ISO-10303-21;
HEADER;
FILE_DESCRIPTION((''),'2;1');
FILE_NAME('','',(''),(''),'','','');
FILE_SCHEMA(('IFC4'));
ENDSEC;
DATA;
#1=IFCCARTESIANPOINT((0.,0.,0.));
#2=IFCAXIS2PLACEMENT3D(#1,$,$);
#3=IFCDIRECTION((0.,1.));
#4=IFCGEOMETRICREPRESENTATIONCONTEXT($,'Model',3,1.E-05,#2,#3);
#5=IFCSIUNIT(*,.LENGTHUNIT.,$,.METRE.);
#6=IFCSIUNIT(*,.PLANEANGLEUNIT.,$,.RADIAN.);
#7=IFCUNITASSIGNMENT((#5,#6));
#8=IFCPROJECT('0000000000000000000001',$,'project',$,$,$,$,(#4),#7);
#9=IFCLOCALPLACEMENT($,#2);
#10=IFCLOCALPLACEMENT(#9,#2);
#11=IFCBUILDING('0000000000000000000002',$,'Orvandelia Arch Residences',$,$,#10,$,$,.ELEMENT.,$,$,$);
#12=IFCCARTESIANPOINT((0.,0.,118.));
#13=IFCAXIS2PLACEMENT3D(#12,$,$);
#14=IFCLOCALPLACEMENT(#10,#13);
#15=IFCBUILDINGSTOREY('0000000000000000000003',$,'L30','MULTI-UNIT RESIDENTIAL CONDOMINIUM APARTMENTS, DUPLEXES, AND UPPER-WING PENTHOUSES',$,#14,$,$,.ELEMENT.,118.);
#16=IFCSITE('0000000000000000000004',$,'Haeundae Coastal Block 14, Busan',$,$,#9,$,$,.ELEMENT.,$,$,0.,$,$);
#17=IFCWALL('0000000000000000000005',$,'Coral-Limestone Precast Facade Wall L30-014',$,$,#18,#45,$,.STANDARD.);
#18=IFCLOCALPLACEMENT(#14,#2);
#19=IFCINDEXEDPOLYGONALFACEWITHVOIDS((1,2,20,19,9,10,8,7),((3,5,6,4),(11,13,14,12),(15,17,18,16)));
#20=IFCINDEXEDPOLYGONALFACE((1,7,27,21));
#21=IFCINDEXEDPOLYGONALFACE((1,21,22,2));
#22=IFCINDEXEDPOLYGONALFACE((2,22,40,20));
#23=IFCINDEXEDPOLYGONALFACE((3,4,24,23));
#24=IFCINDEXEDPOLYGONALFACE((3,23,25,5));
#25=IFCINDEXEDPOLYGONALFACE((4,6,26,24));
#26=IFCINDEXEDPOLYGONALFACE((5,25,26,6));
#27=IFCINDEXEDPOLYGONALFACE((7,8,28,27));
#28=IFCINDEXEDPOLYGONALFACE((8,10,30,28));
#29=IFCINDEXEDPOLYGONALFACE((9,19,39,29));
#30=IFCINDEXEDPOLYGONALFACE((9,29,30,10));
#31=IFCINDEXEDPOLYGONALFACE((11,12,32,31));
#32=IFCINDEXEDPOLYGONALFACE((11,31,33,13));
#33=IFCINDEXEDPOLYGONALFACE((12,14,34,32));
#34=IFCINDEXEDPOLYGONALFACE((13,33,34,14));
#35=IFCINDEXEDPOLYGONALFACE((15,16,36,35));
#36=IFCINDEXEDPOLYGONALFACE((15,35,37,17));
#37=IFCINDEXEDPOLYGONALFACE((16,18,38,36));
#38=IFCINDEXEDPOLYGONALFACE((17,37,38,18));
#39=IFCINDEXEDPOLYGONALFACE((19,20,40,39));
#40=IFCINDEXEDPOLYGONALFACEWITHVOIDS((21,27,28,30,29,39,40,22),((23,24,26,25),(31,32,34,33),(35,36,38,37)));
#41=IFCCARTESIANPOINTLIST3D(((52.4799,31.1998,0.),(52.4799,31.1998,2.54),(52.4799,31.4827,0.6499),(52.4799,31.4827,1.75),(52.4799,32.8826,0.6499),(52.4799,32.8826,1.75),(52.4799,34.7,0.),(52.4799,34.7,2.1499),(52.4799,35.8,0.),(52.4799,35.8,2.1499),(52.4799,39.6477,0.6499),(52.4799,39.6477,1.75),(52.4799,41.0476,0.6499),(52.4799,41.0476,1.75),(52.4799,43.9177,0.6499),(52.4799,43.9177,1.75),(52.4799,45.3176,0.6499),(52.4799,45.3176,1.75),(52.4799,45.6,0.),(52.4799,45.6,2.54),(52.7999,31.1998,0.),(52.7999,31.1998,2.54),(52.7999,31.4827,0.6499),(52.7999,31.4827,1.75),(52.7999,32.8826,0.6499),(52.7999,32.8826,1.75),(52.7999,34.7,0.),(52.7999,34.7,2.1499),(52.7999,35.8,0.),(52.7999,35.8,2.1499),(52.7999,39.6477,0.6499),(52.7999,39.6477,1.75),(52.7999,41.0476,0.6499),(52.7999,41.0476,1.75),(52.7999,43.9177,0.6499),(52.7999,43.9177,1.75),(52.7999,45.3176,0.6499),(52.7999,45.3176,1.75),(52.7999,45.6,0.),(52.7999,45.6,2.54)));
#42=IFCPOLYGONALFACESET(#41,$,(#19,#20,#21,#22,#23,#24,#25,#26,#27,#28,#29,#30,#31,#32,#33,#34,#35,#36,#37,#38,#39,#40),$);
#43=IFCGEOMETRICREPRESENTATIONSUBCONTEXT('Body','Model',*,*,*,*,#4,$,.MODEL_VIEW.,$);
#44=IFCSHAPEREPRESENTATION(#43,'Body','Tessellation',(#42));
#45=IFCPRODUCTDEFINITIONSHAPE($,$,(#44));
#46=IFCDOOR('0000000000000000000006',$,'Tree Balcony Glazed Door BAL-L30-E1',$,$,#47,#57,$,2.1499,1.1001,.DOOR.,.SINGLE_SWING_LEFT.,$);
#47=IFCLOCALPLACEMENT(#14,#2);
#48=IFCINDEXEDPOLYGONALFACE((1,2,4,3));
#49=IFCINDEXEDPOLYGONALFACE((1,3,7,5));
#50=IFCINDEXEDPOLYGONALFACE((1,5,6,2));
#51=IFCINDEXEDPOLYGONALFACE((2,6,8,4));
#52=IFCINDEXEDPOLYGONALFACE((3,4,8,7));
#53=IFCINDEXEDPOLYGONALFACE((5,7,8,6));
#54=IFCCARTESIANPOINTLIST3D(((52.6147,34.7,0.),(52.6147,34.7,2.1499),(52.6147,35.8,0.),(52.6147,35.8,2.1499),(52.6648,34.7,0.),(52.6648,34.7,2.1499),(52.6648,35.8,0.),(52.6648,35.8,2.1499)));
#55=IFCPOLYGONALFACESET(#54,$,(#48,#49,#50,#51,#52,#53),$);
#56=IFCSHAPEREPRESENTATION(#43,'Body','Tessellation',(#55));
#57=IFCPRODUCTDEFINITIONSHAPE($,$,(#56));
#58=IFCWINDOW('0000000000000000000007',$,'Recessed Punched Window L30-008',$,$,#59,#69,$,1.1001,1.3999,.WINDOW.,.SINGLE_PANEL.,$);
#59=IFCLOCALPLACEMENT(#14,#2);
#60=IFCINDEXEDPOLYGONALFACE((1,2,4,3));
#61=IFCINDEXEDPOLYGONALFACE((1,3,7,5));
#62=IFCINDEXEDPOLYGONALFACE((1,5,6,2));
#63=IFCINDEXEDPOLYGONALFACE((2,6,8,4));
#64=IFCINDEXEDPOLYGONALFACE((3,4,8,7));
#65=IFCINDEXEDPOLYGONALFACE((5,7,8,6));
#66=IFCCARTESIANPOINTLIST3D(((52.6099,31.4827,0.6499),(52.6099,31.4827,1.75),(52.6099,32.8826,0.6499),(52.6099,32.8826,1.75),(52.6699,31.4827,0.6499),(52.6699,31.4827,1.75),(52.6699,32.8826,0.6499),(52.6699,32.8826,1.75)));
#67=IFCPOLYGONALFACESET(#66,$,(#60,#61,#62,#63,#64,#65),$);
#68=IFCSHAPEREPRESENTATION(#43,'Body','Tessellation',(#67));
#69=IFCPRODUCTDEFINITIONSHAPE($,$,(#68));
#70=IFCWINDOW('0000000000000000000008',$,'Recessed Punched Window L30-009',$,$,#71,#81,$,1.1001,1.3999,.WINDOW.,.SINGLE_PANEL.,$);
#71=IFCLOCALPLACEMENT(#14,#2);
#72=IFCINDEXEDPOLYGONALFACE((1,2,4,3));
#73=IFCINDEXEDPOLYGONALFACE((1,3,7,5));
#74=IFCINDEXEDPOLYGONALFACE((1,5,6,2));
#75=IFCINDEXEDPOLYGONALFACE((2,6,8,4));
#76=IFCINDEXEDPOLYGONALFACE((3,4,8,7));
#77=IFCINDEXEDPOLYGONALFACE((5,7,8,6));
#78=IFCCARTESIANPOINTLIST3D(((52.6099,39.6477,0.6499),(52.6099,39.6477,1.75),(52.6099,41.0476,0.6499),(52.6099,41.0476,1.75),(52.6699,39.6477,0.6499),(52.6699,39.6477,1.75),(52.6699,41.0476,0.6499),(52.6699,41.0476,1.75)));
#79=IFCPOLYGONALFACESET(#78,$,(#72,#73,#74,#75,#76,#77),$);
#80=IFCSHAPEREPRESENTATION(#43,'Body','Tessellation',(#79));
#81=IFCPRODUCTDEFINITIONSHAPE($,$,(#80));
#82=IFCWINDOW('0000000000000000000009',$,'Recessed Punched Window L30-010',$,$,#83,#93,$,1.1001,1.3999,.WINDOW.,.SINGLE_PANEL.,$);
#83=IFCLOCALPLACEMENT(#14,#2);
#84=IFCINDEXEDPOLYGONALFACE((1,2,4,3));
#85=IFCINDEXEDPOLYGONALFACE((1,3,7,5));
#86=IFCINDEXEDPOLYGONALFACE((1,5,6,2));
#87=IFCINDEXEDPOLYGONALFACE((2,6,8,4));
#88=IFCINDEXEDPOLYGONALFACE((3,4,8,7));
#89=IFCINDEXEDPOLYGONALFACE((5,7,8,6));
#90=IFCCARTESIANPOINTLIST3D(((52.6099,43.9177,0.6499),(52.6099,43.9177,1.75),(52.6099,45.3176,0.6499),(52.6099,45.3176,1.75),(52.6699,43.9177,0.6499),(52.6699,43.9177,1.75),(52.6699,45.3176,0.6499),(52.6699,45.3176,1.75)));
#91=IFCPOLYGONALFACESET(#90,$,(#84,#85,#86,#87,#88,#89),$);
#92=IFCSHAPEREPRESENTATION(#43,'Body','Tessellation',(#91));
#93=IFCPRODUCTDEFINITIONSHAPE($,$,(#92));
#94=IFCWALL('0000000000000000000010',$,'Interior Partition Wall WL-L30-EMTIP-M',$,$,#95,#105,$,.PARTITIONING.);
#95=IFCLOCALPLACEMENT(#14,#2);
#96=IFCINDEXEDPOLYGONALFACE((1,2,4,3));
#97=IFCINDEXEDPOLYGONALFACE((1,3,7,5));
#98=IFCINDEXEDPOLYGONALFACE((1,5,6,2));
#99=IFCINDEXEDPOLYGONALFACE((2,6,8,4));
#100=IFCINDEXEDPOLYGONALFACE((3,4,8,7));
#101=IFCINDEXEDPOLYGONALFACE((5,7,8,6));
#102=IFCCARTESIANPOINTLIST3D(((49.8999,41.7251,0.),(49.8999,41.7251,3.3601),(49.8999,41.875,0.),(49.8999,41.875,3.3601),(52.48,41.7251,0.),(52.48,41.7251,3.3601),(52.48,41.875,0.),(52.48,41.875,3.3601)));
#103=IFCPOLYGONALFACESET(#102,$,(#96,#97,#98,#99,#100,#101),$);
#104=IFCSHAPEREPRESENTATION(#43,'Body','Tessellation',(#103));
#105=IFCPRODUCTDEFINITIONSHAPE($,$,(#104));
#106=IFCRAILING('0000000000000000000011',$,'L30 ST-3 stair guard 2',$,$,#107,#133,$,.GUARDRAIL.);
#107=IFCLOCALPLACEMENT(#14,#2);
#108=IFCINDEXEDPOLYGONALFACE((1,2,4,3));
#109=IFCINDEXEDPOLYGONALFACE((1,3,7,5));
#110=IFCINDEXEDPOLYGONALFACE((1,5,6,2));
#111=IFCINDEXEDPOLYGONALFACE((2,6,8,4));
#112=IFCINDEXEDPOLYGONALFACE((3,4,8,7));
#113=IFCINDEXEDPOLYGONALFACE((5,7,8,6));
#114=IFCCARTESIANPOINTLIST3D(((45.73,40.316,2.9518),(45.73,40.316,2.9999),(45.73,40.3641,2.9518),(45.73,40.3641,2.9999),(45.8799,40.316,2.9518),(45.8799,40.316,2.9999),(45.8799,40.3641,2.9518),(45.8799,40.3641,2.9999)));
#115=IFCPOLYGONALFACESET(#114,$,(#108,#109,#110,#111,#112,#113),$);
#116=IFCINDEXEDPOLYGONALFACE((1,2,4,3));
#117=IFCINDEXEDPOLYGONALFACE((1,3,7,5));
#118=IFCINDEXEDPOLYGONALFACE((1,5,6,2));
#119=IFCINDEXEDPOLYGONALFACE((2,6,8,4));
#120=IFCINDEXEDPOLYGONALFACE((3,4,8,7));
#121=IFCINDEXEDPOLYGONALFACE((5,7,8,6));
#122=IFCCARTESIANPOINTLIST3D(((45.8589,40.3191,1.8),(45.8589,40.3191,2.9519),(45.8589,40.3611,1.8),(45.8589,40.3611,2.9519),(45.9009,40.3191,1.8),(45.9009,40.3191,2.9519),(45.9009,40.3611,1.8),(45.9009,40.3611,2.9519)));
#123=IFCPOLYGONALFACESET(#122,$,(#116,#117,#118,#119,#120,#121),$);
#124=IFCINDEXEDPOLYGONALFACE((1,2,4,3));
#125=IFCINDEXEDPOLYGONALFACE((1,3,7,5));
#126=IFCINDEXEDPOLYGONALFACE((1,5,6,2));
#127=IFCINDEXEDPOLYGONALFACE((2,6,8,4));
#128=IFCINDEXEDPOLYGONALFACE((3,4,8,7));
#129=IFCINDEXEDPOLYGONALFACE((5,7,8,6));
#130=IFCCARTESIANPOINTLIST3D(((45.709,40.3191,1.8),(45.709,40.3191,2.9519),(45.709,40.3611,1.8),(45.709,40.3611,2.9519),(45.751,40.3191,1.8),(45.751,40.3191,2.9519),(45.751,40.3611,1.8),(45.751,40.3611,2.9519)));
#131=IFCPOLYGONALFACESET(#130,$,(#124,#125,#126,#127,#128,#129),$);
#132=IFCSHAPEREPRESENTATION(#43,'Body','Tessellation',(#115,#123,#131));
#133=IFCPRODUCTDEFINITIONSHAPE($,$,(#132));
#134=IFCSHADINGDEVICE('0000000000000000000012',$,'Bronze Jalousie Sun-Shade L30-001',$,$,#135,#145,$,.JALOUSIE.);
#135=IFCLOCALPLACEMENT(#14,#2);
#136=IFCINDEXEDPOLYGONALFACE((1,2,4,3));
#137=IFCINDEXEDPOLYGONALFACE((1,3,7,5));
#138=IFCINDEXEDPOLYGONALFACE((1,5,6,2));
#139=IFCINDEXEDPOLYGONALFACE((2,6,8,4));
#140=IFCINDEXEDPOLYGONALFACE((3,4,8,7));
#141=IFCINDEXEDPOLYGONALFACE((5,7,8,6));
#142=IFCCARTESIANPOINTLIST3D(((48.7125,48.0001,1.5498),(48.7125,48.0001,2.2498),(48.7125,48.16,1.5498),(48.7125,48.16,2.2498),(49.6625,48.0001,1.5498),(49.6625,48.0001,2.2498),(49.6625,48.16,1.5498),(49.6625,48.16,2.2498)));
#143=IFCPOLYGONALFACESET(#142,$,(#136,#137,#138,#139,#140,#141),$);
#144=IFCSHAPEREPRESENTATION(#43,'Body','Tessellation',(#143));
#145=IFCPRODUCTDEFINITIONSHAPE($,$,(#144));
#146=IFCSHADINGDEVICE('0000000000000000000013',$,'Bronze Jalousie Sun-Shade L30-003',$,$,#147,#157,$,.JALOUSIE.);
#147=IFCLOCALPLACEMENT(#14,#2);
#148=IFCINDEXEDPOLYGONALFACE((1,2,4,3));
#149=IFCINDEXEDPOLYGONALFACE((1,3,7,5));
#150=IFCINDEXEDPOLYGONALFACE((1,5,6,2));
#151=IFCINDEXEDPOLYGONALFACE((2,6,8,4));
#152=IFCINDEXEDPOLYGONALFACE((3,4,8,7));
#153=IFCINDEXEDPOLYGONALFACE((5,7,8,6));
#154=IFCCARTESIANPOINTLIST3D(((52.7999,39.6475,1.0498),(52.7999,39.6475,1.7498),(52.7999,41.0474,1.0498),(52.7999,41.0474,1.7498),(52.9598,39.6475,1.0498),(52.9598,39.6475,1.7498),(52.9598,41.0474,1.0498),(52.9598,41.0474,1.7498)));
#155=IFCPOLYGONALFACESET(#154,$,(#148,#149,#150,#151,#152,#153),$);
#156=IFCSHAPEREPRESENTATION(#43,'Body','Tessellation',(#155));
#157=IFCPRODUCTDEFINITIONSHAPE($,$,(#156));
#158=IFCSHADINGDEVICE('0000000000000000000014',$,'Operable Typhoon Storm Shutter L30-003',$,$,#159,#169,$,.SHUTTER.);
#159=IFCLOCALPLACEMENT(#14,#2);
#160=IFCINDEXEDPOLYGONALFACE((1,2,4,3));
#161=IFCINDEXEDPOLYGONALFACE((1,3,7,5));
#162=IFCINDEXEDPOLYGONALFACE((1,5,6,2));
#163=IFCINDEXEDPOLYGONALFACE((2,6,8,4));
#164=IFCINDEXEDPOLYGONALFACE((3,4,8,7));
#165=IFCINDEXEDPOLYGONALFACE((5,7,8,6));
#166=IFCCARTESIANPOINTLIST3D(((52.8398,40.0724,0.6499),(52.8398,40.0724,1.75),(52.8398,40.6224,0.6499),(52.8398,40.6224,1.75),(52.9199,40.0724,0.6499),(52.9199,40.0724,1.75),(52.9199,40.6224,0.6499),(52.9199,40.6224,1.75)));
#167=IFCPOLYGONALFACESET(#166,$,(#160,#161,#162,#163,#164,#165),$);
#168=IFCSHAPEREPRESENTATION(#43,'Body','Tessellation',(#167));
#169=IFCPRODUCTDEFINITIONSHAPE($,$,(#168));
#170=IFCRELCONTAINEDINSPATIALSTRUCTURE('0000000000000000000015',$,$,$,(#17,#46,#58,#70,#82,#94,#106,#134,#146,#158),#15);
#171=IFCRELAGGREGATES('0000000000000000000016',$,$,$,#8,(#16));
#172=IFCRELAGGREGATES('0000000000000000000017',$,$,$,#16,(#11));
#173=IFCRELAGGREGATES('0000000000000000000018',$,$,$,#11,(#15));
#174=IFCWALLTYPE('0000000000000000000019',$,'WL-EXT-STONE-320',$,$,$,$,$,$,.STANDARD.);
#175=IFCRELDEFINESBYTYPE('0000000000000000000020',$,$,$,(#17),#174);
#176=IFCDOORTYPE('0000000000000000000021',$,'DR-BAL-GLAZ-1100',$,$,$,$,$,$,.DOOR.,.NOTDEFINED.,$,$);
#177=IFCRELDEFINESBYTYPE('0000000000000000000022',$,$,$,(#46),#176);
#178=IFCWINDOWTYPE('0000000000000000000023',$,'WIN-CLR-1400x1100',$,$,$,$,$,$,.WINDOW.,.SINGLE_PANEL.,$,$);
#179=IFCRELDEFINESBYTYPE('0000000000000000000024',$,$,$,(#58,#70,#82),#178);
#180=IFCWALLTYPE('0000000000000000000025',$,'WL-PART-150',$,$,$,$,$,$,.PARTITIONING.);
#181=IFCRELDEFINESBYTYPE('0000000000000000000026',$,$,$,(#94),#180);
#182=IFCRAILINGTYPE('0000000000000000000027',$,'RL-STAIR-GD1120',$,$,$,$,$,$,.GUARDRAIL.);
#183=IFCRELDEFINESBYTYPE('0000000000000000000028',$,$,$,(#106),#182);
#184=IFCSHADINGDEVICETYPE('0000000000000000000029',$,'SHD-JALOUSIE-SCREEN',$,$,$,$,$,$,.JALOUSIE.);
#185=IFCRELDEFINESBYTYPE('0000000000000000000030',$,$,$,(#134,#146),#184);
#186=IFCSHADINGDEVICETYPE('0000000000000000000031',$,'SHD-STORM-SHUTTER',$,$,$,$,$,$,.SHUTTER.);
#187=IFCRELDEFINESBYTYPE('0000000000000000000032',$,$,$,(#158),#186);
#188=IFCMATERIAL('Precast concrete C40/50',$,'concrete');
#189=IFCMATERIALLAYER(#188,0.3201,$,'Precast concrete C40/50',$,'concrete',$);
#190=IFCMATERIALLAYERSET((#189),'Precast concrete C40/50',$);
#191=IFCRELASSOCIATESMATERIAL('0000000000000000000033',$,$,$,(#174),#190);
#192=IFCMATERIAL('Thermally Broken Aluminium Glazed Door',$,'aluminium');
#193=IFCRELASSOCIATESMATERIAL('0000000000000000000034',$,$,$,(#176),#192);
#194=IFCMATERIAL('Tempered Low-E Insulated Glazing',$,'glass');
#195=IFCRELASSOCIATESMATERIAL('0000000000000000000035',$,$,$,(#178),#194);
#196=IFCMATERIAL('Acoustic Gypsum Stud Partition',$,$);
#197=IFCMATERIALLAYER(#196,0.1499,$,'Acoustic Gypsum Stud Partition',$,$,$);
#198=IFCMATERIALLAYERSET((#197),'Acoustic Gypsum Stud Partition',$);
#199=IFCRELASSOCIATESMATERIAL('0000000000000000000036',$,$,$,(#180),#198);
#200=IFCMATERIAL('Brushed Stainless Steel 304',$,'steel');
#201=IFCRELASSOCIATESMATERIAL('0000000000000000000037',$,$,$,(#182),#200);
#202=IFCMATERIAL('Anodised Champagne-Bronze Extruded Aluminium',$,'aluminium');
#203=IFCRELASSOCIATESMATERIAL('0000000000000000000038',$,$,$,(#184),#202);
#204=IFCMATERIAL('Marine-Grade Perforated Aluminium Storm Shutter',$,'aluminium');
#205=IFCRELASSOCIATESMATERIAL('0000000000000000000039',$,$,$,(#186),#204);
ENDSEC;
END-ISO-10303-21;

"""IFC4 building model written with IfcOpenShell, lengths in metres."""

from ifc_helpers import new_model, si_unit, direction, frame, frame_2d, origin, origin_2d, place, context, subcontext, project, spatial, rectangle, extrude, material, layer, layer_set, type_object, element, fill, save


model = new_model("IFC4")

# Units and contexts
model_context = context("Model", 3, precision=1e-05, world=origin(), true_north=direction((0.0, 1.0)))
body_context = subcontext(model_context, "Body", "Model", "MODEL_VIEW")
ifc_project = project(units=[si_unit("LENGTHUNIT", "METRE"), si_unit("PLANEANGLEUNIT", "RADIAN")], contexts=[model_context])

# Site, building, storey
site_placement = place(None, origin())
site = spatial("IfcSite", under=ifc_project, at=site_placement, Name="Haeundae Coastal Block 14, Busan", CompositionType="ELEMENT", RefElevation=0.0)
building_placement = place(site_placement, origin())
building = spatial("IfcBuilding", under=site, at=building_placement, Name="Orvandelia Arch Residences", CompositionType="ELEMENT")
storey_placement = place(building_placement, frame((0.0, 0.0, 118.0)))
storey = spatial("IfcBuildingStorey", under=building, at=storey_placement, Name="L30", Description="MULTI-UNIT RESIDENTIAL CONDOMINIUM APARTMENTS, DUPLEXES, AND UPPER-WING PENTHOUSES", CompositionType="ELEMENT", Elevation=118.0)

# Shared definitions
ifc_material_1 = material(Name="Precast concrete C40/50", Category="concrete")
ifc_layer_1 = layer(ifc_material_1, 0.3201, Name="Precast concrete C40/50", Category="concrete")
ifc_layer_set_1 = layer_set([ifc_layer_1], Name="Precast concrete C40/50")
wall_type_1 = type_object("IfcWallType", Name="WL-EXT-STONE-320", PredefinedType="STANDARD", material=ifc_layer_set_1)

# Wall, openings, door, windows
wall_1_placement = place(storey_placement, frame((52.6399, 45.6001, 0.0), z_axis=(0.0, 0.0, 1.0), x_axis=(0.0, -1.0, 0.0)))
wall_1 = element("IfcWall", 1, at=wall_1_placement, inside=storey, type_object=wall_type_1, Name="Coral-Limestone Precast Facade Wall L30-014", PredefinedType="STANDARD", context=body_context, shape_type="SweptSolid", body=[
    extrude(rectangle(XDim=14.4001, YDim=0.3201, at=frame_2d((7.2002, 0.0))), origin(), (0.0, 0.0, 1.0), 2.54),
])
opening_1_placement = place(wall_1_placement, frame((9.8, 0.0, 0.0)))
opening_1 = element("IfcOpeningElement", 2, at=opening_1_placement, cuts=wall_1, PredefinedType="OPENING", context=body_context, shape_type="SweptSolid", body=[
    extrude(rectangle(XDim=1.1001, YDim=2.1499, at=frame_2d((0.55, 1.075))), frame((0.0, 0.1699, 0.0), z_axis=(0.0, -1.0, 0.0), x_axis=(1.0, 0.0, 0.0)), (0.0, 0.0, 1.0), 0.3401),
])
opening_2_placement = place(wall_1_placement, frame((12.7175, 0.0, 0.6499)))
opening_2 = element("IfcOpeningElement", 3, at=opening_2_placement, cuts=wall_1, PredefinedType="OPENING", context=body_context, shape_type="SweptSolid", body=[
    extrude(rectangle(XDim=1.3999, YDim=1.1001, at=frame_2d((0.7, 0.55))), frame((0.0, 0.1699, 0.0), z_axis=(0.0, -1.0, 0.0), x_axis=(1.0, 0.0, 0.0)), (0.0, 0.0, 1.0), 0.3401),
])
opening_3_placement = place(wall_1_placement, frame((4.5525, 0.0, 0.6499)))
opening_3 = element("IfcOpeningElement", 4, at=opening_3_placement, cuts=wall_1, PredefinedType="OPENING", context=body_context, shape_type="SweptSolid", body=[
    extrude(rectangle(XDim=1.3999, YDim=1.1001, at=frame_2d((0.7, 0.55))), frame((0.0, 0.1699, 0.0), z_axis=(0.0, -1.0, 0.0), x_axis=(1.0, 0.0, 0.0)), (0.0, 0.0, 1.0), 0.3401),
])
opening_4_placement = place(wall_1_placement, frame((0.2825, 0.0, 0.6499)))
opening_4 = element("IfcOpeningElement", 5, at=opening_4_placement, cuts=wall_1, PredefinedType="OPENING", context=body_context, shape_type="SweptSolid", body=[
    extrude(rectangle(XDim=1.3999, YDim=1.1001, at=frame_2d((0.7, 0.55))), frame((0.0, 0.1699, 0.0), z_axis=(0.0, -1.0, 0.0), x_axis=(1.0, 0.0, 0.0)), (0.0, 0.0, 1.0), 0.3401),
])
ifc_material_2 = material(Name="Thermally Broken Aluminium Glazed Door", Category="aluminium")
door_type = type_object("IfcDoorType", Name="DR-BAL-GLAZ-1100", OperationType="NOTDEFINED", PredefinedType="DOOR", material=ifc_material_2)
door_placement = place(opening_1_placement, origin())
door = element("IfcDoor", 6, at=door_placement, inside=storey, type_object=door_type, Name="Tree Balcony Glazed Door BAL-L30-E1", OperationType="SINGLE_SWING_LEFT", OverallHeight=2.1499, OverallWidth=1.1001, PredefinedType="DOOR", context=body_context, shape_type="SweptSolid", body=[
    extrude(rectangle(XDim=1.1001, YDim=2.1499, at=frame_2d((0.55, 1.075))), frame((0.0, 0.0249, 0.0), z_axis=(0.0, -1.0, 0.0), x_axis=(1.0, 0.0, 0.0)), (0.0, 0.0, 1.0), 0.05),
])
fill(opening_1, door)
ifc_material_3 = material(Name="Tempered Low-E Insulated Glazing", Category="glass")
window_type = type_object("IfcWindowType", Name="WIN-CLR-1400x1100", PartitioningType="SINGLE_PANEL", PredefinedType="WINDOW", material=ifc_material_3)
window_1_placement = place(opening_2_placement, origin())
window_1 = element("IfcWindow", 7, at=window_1_placement, inside=storey, type_object=window_type, Name="Recessed Punched Window L30-008", OverallHeight=1.1001, OverallWidth=1.3999, PartitioningType="SINGLE_PANEL", PredefinedType="WINDOW", context=body_context, shape_type="SweptSolid", body=[
    extrude(rectangle(XDim=1.3999, YDim=1.1001, at=frame_2d((0.7, 0.55))), frame((0.0, 0.03, 0.0), z_axis=(0.0, -1.0, 0.0), x_axis=(1.0, 0.0, 0.0)), (0.0, 0.0, 1.0), 0.0601),
])
fill(opening_2, window_1)
window_2_placement = place(opening_3_placement, origin())
window_2 = element("IfcWindow", 8, at=window_2_placement, inside=storey, type_object=window_type, Name="Recessed Punched Window L30-009", OverallHeight=1.1001, OverallWidth=1.3999, PartitioningType="SINGLE_PANEL", PredefinedType="WINDOW", context=body_context, shape_type="SweptSolid", body=[
    extrude(rectangle(XDim=1.3999, YDim=1.1001, at=frame_2d((0.7, 0.55))), frame((0.0, 0.03, 0.0), z_axis=(0.0, -1.0, 0.0), x_axis=(1.0, 0.0, 0.0)), (0.0, 0.0, 1.0), 0.0601),
])
fill(opening_3, window_2)
window_3_placement = place(opening_4_placement, origin())
window_3 = element("IfcWindow", 9, at=window_3_placement, inside=storey, type_object=window_type, Name="Recessed Punched Window L30-010", OverallHeight=1.1001, OverallWidth=1.3999, PartitioningType="SINGLE_PANEL", PredefinedType="WINDOW", context=body_context, shape_type="SweptSolid", body=[
    extrude(rectangle(XDim=1.3999, YDim=1.1001, at=frame_2d((0.7, 0.55))), frame((0.0, 0.03, 0.0), z_axis=(0.0, -1.0, 0.0), x_axis=(1.0, 0.0, 0.0)), (0.0, 0.0, 1.0), 0.0601),
])
fill(opening_4, window_3)

# Wall
ifc_material_4 = material(Name="Acoustic Gypsum Stud Partition")
ifc_layer_2 = layer(ifc_material_4, 0.1499, Name="Acoustic Gypsum Stud Partition")
ifc_layer_set_2 = layer_set([ifc_layer_2], Name="Acoustic Gypsum Stud Partition")
wall_type_2 = type_object("IfcWallType", Name="WL-PART-150", PredefinedType="PARTITIONING", material=ifc_layer_set_2)
wall_2_placement = place(storey_placement, frame((49.8999, 41.8, 0.0), z_axis=(0.0, 0.0, 1.0), x_axis=(1.0, 0.0, 0.0)))
element("IfcWall", 10, at=wall_2_placement, inside=storey, type_object=wall_type_2, Name="Interior Partition Wall WL-L30-EMTIP-M", PredefinedType="PARTITIONING", context=body_context, shape_type="SweptSolid", body=[
    extrude(rectangle(XDim=2.5801, YDim=0.1499, at=frame_2d((1.29, 0.0))), origin(), (0.0, 0.0, 1.0), 3.3601),
])

# Railing
ifc_material_5 = material(Name="Brushed Stainless Steel 304", Category="steel")
railing_type = type_object("IfcRailingType", Name="RL-STAIR-GD1120", PredefinedType="GUARDRAIL", material=ifc_material_5)
railing_placement = place(storey_placement, frame((45.8799, 40.3401, 1.8)))
element("IfcRailing", 11, at=railing_placement, inside=storey, type_object=railing_type, Name="L30 ST-3 stair guard 2", PredefinedType="GUARDRAIL", context=body_context, shape_type="SweptSolid", body=[
    extrude(rectangle(XDim=0.0481, YDim=0.0481, at=origin_2d()), frame((0.0, 0.0, 1.1758), z_axis=(-1.0, 0.0, 0.0), x_axis=(0.0, -1.0, 0.0)), (0.0, 0.0, 1.0), 0.1499),
    extrude(rectangle(XDim=0.042, YDim=0.042, at=origin_2d()), origin(), (0.0, 0.0, 1.0), 1.1519),
    extrude(rectangle(XDim=0.042, YDim=0.042, at=origin_2d()), frame((-0.1499, 0.0, 0.0)), (0.0, 0.0, 1.0), 1.1519),
])

# Shading devices
ifc_material_6 = material(Name="Anodised Champagne-Bronze Extruded Aluminium", Category="aluminium")
shading_device_type_1 = type_object("IfcShadingDeviceType", Name="SHD-JALOUSIE-SCREEN", PredefinedType="JALOUSIE", material=ifc_material_6)
shading_device_1_placement = place(storey_placement, frame((49.1875, 48.0801, 1.5498), z_axis=(0.0, 0.0, 1.0), x_axis=(1.0, 0.0, 0.0)))
element("IfcShadingDevice", 12, at=shading_device_1_placement, inside=storey, type_object=shading_device_type_1, Name="Bronze Jalousie Sun-Shade L30-001", PredefinedType="JALOUSIE", context=body_context, shape_type="SweptSolid", body=[
    extrude(rectangle(XDim=0.95, YDim=0.1599, at=origin_2d()), origin(), (0.0, 0.0, 1.0), 0.7),
])
shading_device_2_placement = place(storey_placement, frame((52.8799, 40.3474, 1.0498), z_axis=(0.0, 0.0, 1.0), x_axis=(0.0, -1.0, 0.0)))
element("IfcShadingDevice", 13, at=shading_device_2_placement, inside=storey, type_object=shading_device_type_1, Name="Bronze Jalousie Sun-Shade L30-003", PredefinedType="JALOUSIE", context=body_context, shape_type="SweptSolid", body=[
    extrude(rectangle(XDim=1.3999, YDim=0.1599, at=origin_2d()), origin(), (0.0, 0.0, 1.0), 0.7),
])
ifc_material_7 = material(Name="Marine-Grade Perforated Aluminium Storm Shutter", Category="aluminium")
shading_device_type_2 = type_object("IfcShadingDeviceType", Name="SHD-STORM-SHUTTER", PredefinedType="SHUTTER", material=ifc_material_7)
shading_device_3_placement = place(storey_placement, frame((52.8799, 40.3474, 0.6499), z_axis=(0.0, 0.0, 1.0), x_axis=(0.0, -1.0, 0.0)))
element("IfcShadingDevice", 14, at=shading_device_3_placement, inside=storey, type_object=shading_device_type_2, Name="Operable Typhoon Storm Shutter L30-003", PredefinedType="SHUTTER", context=body_context, shape_type="SweptSolid", body=[
    extrude(rectangle(XDim=0.55, YDim=0.0801, at=origin_2d()), origin(), (0.0, 0.0, 1.0), 1.1001),
])

save(model, "model.ifc")
